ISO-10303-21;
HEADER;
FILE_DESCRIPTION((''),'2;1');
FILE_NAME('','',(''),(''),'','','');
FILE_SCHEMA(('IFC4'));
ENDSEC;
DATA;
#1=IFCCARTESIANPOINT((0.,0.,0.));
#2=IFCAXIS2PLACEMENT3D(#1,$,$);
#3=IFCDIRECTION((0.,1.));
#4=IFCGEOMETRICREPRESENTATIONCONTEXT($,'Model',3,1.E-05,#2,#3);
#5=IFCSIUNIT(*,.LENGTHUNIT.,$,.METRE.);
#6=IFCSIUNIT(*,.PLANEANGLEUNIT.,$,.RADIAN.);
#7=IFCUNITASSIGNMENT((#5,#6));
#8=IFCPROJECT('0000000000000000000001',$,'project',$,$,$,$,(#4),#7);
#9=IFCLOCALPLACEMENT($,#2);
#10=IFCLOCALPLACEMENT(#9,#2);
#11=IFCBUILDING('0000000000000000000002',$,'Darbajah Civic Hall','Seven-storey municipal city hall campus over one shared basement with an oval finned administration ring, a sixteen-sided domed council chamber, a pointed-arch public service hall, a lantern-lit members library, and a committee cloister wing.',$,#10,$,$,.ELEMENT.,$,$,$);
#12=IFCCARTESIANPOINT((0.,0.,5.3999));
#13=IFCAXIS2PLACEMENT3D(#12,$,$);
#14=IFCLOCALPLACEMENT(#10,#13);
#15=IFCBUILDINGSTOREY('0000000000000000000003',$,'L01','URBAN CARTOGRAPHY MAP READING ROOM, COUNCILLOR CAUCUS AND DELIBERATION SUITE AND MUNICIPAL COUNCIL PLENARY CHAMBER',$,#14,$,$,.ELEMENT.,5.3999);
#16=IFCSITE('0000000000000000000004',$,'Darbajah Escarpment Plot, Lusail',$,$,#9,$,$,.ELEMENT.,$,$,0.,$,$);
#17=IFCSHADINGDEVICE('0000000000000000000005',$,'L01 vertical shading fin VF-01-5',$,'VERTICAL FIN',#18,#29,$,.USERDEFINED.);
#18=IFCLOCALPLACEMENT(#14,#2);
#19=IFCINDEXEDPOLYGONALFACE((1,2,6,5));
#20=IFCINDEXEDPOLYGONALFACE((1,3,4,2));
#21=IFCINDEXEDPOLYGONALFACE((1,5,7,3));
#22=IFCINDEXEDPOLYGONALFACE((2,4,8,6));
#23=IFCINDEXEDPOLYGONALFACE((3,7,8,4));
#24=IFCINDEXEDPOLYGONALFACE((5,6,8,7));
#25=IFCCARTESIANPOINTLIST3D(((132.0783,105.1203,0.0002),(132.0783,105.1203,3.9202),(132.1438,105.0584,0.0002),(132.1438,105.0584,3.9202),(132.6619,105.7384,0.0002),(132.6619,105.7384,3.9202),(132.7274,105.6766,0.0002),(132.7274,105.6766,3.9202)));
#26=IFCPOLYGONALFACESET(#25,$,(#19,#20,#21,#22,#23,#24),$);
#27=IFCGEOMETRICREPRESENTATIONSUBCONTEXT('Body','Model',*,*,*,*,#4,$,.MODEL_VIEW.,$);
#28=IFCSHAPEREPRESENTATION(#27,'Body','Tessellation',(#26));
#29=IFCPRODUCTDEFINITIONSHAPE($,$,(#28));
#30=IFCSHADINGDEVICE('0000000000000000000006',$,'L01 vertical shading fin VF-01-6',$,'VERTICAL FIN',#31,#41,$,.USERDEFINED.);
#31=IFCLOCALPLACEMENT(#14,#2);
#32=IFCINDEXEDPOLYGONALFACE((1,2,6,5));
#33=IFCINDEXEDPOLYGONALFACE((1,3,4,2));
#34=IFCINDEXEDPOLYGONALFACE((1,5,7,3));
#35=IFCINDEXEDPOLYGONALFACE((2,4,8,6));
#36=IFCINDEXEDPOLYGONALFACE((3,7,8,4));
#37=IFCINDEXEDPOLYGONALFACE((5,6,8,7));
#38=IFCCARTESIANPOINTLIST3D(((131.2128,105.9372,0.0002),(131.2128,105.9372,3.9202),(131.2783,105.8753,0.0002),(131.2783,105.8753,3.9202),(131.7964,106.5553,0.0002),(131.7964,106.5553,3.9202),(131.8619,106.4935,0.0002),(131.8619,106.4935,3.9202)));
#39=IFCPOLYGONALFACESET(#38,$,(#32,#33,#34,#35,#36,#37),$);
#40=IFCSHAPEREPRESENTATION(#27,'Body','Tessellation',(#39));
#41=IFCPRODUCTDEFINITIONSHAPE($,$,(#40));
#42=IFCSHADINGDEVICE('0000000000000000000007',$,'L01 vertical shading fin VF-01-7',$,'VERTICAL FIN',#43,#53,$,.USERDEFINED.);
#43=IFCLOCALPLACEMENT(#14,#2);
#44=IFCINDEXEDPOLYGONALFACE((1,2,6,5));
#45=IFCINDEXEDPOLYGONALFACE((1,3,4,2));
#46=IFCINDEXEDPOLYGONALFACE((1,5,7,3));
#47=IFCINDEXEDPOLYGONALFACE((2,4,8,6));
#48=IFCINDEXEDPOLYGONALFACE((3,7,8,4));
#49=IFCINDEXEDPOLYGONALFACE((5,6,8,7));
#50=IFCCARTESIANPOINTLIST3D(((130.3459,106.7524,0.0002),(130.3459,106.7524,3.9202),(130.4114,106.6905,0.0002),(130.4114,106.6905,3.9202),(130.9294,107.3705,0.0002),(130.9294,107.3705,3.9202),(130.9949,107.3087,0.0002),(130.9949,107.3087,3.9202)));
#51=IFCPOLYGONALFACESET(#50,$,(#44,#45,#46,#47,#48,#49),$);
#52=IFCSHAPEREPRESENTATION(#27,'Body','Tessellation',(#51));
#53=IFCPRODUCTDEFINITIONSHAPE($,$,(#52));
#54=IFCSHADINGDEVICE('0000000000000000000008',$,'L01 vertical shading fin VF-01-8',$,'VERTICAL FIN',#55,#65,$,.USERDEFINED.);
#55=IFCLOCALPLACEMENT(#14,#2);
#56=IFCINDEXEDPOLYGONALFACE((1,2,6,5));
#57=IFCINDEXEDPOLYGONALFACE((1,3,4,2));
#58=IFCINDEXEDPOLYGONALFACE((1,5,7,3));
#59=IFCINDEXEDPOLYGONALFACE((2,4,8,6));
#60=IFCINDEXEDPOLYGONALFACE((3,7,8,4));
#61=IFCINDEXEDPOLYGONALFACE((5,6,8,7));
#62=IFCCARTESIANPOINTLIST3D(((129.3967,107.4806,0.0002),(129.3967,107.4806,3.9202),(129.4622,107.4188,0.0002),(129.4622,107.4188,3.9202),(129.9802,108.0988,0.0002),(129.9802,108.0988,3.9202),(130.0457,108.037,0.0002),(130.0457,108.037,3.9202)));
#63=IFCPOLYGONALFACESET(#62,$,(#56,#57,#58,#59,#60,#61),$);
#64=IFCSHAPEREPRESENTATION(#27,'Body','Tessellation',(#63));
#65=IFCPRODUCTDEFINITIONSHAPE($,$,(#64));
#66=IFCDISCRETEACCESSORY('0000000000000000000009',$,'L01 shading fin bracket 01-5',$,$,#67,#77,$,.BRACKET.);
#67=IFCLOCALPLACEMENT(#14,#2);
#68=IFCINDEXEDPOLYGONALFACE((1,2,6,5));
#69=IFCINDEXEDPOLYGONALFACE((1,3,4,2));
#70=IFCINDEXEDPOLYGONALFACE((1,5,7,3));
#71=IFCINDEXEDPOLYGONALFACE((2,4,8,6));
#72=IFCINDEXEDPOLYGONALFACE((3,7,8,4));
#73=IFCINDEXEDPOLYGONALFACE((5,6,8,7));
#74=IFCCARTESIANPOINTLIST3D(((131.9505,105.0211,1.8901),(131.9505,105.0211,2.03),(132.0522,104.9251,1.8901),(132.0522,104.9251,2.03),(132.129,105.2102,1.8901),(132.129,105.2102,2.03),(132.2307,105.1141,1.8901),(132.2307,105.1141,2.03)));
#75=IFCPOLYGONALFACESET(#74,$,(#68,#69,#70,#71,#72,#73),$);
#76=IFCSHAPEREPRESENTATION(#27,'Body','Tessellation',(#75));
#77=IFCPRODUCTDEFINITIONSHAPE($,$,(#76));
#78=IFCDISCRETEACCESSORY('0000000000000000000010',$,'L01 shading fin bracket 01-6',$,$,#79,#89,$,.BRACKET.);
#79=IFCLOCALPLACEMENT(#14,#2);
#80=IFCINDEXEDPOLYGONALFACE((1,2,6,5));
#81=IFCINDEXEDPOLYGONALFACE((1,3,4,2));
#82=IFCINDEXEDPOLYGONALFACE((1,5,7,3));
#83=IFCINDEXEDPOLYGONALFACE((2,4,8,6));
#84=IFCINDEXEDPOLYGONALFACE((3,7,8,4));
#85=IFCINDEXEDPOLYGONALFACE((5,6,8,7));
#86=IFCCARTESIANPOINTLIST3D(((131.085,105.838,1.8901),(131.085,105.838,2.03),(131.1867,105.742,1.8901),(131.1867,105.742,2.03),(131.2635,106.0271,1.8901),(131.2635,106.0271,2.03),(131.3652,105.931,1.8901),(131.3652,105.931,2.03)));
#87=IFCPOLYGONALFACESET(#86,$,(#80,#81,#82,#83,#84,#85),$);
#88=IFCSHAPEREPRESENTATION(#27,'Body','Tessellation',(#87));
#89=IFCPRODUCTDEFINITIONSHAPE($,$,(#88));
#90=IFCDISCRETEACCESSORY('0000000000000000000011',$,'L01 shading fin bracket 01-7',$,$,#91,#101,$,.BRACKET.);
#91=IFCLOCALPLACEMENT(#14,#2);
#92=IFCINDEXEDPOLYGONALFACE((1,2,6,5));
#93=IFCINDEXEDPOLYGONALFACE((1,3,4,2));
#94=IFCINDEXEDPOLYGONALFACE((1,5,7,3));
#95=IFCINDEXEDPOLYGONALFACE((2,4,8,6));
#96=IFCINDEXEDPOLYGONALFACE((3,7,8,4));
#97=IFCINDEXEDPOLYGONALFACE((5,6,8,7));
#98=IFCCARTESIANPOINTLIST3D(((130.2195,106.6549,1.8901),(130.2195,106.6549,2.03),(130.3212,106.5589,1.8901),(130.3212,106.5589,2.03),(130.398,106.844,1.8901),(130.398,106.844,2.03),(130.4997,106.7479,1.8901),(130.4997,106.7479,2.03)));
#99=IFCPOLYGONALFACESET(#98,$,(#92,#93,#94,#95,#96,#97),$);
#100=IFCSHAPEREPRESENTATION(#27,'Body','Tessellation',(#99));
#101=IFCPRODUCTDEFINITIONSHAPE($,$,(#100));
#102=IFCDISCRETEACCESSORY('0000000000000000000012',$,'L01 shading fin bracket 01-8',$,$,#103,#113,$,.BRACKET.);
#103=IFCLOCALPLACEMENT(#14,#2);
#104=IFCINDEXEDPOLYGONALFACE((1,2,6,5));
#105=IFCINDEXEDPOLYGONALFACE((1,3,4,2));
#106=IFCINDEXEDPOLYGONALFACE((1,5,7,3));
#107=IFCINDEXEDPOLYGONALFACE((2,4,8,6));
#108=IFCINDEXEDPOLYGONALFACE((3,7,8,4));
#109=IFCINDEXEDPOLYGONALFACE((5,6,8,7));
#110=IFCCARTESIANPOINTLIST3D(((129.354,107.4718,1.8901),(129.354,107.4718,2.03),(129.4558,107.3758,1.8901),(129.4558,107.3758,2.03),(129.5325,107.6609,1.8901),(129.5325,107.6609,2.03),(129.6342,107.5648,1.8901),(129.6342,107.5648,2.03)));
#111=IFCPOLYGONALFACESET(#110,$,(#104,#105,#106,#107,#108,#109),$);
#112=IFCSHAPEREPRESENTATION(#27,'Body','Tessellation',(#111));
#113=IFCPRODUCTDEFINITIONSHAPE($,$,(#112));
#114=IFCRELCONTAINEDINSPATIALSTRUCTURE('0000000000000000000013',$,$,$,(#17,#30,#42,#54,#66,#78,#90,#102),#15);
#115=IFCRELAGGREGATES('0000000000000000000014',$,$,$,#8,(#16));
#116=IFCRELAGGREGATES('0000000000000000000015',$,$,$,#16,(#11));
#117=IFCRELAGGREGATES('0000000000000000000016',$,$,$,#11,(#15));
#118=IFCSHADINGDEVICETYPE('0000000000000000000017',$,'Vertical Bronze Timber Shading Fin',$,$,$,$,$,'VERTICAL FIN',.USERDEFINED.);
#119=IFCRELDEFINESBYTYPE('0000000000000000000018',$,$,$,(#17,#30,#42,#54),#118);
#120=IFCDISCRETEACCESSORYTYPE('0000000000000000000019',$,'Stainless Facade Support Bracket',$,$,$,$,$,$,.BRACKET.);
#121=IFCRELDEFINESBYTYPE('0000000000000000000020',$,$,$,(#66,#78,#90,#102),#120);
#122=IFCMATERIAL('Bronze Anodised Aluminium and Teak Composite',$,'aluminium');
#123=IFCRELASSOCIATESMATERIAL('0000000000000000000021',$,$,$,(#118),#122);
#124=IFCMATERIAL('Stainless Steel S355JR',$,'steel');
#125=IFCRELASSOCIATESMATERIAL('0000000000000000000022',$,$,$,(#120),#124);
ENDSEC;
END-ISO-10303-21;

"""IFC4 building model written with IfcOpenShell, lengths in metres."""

from ifc_helpers import new_model, si_unit, direction, frame, origin, origin_2d, place, context, subcontext, project, spatial, rectangle, extrude, material, type_object, element, save


model = new_model("IFC4")

# Units and contexts
model_context = context("Model", 3, precision=1e-05, world=origin(), true_north=direction((0.0, 1.0)))
body_context = subcontext(model_context, "Body", "Model", "MODEL_VIEW")
ifc_project = project(units=[si_unit("LENGTHUNIT", "METRE"), si_unit("PLANEANGLEUNIT", "RADIAN")], contexts=[model_context])

# Site, building, storey
site_placement = place(None, origin())
site = spatial("IfcSite", under=ifc_project, at=site_placement, Name="Darbajah Escarpment Plot, Lusail", CompositionType="ELEMENT", RefElevation=0.0)
building_placement = place(site_placement, origin())
building = spatial("IfcBuilding", under=site, at=building_placement, Name="Darbajah Civic Hall", Description="Seven-storey municipal city hall campus over one shared basement with an oval finned administration ring, a sixteen-sided domed council chamber, a pointed-arch public service hall, a lantern-lit members library, and a committee cloister wing.", CompositionType="ELEMENT")
storey_placement = place(building_placement, frame((0.0, 0.0, 5.3999)))
storey = spatial("IfcBuildingStorey", under=building, at=storey_placement, Name="L01", Description="URBAN CARTOGRAPHY MAP READING ROOM, COUNCILLOR CAUCUS AND DELIBERATION SUITE AND MUNICIPAL COUNCIL PLENARY CHAMBER", CompositionType="ELEMENT", Elevation=5.3999)

# Shading devices
ifc_material_1 = material(Name="Bronze Anodised Aluminium and Teak Composite", Category="aluminium")
shading_device_type = type_object("IfcShadingDeviceType", Name="Vertical Bronze Timber Shading Fin", ElementType="VERTICAL FIN", PredefinedType="USERDEFINED", material=ifc_material_1)
for number, where, z_axis, x_axis, name in (
    (1, (132.4028, 105.3984, 0.0002), (0.0, 0.0, 1.0), (0.686453, 0.727174, 0.0), "L01 vertical shading fin VF-01-5"),
    (2, (131.5374, 106.2153, 0.0002), (0.0, 0.0, 1.0), (0.686453, 0.727174, 0.0), "L01 vertical shading fin VF-01-6"),
    (3, (130.6704, 107.0305, 0.0002), (0.0, 0.0, 1.0), (0.686453, 0.727174, 0.0), "L01 vertical shading fin VF-01-7"),
    (4, (129.7212, 107.7588, 0.0002), (0.0, 0.0, 1.0), (0.686453, 0.727174, 0.0), "L01 vertical shading fin VF-01-8"),
):
    element("IfcShadingDevice", number, at=place(storey_placement, frame(where, z_axis=z_axis, x_axis=x_axis)), inside=storey, type_object=shading_device_type, Name=name, ObjectType="VERTICAL FIN", PredefinedType="USERDEFINED", context=body_context, shape_type="SweptSolid", body=[
        extrude(rectangle(XDim=0.8501, YDim=0.0901, at=origin_2d()), origin(), (0.0, 0.0, 1.0), 3.9199),
    ])

# Discrete accessories
ifc_material_2 = material(Name="Stainless Steel S355JR", Category="steel")
discrete_accessory_type = type_object("IfcDiscreteAccessoryType", Name="Stainless Facade Support Bracket", PredefinedType="BRACKET", material=ifc_material_2)
for number, where, z_axis, x_axis, name in (
    (5, (132.0906, 105.0676, 1.8901), (0.0, 0.0, 1.0), (0.686453, 0.727174, 0.0), "L01 shading fin bracket 01-5"),
    (6, (131.2251, 105.8845, 1.8901), (0.0, 0.0, 1.0), (0.686453, 0.727174, 0.0), "L01 shading fin bracket 01-6"),
    (7, (130.3596, 106.7014, 1.8901), (0.0, 0.0, 1.0), (0.686453, 0.727174, 0.0), "L01 shading fin bracket 01-7"),
    (8, (129.4941, 107.5183, 1.8901), (0.0, 0.0, 1.0), (0.686453, 0.727174, 0.0), "L01 shading fin bracket 01-8"),
):
    element("IfcDiscreteAccessory", number, at=place(storey_placement, frame(where, z_axis=z_axis, x_axis=x_axis)), inside=storey, type_object=discrete_accessory_type, Name=name, PredefinedType="BRACKET", context=body_context, shape_type="SweptSolid", body=[
        extrude(rectangle(XDim=0.26, YDim=0.1399, at=origin_2d()), origin(), (0.0, 0.0, 1.0), 0.1399),
    ])

save(model, "model.ifc")
